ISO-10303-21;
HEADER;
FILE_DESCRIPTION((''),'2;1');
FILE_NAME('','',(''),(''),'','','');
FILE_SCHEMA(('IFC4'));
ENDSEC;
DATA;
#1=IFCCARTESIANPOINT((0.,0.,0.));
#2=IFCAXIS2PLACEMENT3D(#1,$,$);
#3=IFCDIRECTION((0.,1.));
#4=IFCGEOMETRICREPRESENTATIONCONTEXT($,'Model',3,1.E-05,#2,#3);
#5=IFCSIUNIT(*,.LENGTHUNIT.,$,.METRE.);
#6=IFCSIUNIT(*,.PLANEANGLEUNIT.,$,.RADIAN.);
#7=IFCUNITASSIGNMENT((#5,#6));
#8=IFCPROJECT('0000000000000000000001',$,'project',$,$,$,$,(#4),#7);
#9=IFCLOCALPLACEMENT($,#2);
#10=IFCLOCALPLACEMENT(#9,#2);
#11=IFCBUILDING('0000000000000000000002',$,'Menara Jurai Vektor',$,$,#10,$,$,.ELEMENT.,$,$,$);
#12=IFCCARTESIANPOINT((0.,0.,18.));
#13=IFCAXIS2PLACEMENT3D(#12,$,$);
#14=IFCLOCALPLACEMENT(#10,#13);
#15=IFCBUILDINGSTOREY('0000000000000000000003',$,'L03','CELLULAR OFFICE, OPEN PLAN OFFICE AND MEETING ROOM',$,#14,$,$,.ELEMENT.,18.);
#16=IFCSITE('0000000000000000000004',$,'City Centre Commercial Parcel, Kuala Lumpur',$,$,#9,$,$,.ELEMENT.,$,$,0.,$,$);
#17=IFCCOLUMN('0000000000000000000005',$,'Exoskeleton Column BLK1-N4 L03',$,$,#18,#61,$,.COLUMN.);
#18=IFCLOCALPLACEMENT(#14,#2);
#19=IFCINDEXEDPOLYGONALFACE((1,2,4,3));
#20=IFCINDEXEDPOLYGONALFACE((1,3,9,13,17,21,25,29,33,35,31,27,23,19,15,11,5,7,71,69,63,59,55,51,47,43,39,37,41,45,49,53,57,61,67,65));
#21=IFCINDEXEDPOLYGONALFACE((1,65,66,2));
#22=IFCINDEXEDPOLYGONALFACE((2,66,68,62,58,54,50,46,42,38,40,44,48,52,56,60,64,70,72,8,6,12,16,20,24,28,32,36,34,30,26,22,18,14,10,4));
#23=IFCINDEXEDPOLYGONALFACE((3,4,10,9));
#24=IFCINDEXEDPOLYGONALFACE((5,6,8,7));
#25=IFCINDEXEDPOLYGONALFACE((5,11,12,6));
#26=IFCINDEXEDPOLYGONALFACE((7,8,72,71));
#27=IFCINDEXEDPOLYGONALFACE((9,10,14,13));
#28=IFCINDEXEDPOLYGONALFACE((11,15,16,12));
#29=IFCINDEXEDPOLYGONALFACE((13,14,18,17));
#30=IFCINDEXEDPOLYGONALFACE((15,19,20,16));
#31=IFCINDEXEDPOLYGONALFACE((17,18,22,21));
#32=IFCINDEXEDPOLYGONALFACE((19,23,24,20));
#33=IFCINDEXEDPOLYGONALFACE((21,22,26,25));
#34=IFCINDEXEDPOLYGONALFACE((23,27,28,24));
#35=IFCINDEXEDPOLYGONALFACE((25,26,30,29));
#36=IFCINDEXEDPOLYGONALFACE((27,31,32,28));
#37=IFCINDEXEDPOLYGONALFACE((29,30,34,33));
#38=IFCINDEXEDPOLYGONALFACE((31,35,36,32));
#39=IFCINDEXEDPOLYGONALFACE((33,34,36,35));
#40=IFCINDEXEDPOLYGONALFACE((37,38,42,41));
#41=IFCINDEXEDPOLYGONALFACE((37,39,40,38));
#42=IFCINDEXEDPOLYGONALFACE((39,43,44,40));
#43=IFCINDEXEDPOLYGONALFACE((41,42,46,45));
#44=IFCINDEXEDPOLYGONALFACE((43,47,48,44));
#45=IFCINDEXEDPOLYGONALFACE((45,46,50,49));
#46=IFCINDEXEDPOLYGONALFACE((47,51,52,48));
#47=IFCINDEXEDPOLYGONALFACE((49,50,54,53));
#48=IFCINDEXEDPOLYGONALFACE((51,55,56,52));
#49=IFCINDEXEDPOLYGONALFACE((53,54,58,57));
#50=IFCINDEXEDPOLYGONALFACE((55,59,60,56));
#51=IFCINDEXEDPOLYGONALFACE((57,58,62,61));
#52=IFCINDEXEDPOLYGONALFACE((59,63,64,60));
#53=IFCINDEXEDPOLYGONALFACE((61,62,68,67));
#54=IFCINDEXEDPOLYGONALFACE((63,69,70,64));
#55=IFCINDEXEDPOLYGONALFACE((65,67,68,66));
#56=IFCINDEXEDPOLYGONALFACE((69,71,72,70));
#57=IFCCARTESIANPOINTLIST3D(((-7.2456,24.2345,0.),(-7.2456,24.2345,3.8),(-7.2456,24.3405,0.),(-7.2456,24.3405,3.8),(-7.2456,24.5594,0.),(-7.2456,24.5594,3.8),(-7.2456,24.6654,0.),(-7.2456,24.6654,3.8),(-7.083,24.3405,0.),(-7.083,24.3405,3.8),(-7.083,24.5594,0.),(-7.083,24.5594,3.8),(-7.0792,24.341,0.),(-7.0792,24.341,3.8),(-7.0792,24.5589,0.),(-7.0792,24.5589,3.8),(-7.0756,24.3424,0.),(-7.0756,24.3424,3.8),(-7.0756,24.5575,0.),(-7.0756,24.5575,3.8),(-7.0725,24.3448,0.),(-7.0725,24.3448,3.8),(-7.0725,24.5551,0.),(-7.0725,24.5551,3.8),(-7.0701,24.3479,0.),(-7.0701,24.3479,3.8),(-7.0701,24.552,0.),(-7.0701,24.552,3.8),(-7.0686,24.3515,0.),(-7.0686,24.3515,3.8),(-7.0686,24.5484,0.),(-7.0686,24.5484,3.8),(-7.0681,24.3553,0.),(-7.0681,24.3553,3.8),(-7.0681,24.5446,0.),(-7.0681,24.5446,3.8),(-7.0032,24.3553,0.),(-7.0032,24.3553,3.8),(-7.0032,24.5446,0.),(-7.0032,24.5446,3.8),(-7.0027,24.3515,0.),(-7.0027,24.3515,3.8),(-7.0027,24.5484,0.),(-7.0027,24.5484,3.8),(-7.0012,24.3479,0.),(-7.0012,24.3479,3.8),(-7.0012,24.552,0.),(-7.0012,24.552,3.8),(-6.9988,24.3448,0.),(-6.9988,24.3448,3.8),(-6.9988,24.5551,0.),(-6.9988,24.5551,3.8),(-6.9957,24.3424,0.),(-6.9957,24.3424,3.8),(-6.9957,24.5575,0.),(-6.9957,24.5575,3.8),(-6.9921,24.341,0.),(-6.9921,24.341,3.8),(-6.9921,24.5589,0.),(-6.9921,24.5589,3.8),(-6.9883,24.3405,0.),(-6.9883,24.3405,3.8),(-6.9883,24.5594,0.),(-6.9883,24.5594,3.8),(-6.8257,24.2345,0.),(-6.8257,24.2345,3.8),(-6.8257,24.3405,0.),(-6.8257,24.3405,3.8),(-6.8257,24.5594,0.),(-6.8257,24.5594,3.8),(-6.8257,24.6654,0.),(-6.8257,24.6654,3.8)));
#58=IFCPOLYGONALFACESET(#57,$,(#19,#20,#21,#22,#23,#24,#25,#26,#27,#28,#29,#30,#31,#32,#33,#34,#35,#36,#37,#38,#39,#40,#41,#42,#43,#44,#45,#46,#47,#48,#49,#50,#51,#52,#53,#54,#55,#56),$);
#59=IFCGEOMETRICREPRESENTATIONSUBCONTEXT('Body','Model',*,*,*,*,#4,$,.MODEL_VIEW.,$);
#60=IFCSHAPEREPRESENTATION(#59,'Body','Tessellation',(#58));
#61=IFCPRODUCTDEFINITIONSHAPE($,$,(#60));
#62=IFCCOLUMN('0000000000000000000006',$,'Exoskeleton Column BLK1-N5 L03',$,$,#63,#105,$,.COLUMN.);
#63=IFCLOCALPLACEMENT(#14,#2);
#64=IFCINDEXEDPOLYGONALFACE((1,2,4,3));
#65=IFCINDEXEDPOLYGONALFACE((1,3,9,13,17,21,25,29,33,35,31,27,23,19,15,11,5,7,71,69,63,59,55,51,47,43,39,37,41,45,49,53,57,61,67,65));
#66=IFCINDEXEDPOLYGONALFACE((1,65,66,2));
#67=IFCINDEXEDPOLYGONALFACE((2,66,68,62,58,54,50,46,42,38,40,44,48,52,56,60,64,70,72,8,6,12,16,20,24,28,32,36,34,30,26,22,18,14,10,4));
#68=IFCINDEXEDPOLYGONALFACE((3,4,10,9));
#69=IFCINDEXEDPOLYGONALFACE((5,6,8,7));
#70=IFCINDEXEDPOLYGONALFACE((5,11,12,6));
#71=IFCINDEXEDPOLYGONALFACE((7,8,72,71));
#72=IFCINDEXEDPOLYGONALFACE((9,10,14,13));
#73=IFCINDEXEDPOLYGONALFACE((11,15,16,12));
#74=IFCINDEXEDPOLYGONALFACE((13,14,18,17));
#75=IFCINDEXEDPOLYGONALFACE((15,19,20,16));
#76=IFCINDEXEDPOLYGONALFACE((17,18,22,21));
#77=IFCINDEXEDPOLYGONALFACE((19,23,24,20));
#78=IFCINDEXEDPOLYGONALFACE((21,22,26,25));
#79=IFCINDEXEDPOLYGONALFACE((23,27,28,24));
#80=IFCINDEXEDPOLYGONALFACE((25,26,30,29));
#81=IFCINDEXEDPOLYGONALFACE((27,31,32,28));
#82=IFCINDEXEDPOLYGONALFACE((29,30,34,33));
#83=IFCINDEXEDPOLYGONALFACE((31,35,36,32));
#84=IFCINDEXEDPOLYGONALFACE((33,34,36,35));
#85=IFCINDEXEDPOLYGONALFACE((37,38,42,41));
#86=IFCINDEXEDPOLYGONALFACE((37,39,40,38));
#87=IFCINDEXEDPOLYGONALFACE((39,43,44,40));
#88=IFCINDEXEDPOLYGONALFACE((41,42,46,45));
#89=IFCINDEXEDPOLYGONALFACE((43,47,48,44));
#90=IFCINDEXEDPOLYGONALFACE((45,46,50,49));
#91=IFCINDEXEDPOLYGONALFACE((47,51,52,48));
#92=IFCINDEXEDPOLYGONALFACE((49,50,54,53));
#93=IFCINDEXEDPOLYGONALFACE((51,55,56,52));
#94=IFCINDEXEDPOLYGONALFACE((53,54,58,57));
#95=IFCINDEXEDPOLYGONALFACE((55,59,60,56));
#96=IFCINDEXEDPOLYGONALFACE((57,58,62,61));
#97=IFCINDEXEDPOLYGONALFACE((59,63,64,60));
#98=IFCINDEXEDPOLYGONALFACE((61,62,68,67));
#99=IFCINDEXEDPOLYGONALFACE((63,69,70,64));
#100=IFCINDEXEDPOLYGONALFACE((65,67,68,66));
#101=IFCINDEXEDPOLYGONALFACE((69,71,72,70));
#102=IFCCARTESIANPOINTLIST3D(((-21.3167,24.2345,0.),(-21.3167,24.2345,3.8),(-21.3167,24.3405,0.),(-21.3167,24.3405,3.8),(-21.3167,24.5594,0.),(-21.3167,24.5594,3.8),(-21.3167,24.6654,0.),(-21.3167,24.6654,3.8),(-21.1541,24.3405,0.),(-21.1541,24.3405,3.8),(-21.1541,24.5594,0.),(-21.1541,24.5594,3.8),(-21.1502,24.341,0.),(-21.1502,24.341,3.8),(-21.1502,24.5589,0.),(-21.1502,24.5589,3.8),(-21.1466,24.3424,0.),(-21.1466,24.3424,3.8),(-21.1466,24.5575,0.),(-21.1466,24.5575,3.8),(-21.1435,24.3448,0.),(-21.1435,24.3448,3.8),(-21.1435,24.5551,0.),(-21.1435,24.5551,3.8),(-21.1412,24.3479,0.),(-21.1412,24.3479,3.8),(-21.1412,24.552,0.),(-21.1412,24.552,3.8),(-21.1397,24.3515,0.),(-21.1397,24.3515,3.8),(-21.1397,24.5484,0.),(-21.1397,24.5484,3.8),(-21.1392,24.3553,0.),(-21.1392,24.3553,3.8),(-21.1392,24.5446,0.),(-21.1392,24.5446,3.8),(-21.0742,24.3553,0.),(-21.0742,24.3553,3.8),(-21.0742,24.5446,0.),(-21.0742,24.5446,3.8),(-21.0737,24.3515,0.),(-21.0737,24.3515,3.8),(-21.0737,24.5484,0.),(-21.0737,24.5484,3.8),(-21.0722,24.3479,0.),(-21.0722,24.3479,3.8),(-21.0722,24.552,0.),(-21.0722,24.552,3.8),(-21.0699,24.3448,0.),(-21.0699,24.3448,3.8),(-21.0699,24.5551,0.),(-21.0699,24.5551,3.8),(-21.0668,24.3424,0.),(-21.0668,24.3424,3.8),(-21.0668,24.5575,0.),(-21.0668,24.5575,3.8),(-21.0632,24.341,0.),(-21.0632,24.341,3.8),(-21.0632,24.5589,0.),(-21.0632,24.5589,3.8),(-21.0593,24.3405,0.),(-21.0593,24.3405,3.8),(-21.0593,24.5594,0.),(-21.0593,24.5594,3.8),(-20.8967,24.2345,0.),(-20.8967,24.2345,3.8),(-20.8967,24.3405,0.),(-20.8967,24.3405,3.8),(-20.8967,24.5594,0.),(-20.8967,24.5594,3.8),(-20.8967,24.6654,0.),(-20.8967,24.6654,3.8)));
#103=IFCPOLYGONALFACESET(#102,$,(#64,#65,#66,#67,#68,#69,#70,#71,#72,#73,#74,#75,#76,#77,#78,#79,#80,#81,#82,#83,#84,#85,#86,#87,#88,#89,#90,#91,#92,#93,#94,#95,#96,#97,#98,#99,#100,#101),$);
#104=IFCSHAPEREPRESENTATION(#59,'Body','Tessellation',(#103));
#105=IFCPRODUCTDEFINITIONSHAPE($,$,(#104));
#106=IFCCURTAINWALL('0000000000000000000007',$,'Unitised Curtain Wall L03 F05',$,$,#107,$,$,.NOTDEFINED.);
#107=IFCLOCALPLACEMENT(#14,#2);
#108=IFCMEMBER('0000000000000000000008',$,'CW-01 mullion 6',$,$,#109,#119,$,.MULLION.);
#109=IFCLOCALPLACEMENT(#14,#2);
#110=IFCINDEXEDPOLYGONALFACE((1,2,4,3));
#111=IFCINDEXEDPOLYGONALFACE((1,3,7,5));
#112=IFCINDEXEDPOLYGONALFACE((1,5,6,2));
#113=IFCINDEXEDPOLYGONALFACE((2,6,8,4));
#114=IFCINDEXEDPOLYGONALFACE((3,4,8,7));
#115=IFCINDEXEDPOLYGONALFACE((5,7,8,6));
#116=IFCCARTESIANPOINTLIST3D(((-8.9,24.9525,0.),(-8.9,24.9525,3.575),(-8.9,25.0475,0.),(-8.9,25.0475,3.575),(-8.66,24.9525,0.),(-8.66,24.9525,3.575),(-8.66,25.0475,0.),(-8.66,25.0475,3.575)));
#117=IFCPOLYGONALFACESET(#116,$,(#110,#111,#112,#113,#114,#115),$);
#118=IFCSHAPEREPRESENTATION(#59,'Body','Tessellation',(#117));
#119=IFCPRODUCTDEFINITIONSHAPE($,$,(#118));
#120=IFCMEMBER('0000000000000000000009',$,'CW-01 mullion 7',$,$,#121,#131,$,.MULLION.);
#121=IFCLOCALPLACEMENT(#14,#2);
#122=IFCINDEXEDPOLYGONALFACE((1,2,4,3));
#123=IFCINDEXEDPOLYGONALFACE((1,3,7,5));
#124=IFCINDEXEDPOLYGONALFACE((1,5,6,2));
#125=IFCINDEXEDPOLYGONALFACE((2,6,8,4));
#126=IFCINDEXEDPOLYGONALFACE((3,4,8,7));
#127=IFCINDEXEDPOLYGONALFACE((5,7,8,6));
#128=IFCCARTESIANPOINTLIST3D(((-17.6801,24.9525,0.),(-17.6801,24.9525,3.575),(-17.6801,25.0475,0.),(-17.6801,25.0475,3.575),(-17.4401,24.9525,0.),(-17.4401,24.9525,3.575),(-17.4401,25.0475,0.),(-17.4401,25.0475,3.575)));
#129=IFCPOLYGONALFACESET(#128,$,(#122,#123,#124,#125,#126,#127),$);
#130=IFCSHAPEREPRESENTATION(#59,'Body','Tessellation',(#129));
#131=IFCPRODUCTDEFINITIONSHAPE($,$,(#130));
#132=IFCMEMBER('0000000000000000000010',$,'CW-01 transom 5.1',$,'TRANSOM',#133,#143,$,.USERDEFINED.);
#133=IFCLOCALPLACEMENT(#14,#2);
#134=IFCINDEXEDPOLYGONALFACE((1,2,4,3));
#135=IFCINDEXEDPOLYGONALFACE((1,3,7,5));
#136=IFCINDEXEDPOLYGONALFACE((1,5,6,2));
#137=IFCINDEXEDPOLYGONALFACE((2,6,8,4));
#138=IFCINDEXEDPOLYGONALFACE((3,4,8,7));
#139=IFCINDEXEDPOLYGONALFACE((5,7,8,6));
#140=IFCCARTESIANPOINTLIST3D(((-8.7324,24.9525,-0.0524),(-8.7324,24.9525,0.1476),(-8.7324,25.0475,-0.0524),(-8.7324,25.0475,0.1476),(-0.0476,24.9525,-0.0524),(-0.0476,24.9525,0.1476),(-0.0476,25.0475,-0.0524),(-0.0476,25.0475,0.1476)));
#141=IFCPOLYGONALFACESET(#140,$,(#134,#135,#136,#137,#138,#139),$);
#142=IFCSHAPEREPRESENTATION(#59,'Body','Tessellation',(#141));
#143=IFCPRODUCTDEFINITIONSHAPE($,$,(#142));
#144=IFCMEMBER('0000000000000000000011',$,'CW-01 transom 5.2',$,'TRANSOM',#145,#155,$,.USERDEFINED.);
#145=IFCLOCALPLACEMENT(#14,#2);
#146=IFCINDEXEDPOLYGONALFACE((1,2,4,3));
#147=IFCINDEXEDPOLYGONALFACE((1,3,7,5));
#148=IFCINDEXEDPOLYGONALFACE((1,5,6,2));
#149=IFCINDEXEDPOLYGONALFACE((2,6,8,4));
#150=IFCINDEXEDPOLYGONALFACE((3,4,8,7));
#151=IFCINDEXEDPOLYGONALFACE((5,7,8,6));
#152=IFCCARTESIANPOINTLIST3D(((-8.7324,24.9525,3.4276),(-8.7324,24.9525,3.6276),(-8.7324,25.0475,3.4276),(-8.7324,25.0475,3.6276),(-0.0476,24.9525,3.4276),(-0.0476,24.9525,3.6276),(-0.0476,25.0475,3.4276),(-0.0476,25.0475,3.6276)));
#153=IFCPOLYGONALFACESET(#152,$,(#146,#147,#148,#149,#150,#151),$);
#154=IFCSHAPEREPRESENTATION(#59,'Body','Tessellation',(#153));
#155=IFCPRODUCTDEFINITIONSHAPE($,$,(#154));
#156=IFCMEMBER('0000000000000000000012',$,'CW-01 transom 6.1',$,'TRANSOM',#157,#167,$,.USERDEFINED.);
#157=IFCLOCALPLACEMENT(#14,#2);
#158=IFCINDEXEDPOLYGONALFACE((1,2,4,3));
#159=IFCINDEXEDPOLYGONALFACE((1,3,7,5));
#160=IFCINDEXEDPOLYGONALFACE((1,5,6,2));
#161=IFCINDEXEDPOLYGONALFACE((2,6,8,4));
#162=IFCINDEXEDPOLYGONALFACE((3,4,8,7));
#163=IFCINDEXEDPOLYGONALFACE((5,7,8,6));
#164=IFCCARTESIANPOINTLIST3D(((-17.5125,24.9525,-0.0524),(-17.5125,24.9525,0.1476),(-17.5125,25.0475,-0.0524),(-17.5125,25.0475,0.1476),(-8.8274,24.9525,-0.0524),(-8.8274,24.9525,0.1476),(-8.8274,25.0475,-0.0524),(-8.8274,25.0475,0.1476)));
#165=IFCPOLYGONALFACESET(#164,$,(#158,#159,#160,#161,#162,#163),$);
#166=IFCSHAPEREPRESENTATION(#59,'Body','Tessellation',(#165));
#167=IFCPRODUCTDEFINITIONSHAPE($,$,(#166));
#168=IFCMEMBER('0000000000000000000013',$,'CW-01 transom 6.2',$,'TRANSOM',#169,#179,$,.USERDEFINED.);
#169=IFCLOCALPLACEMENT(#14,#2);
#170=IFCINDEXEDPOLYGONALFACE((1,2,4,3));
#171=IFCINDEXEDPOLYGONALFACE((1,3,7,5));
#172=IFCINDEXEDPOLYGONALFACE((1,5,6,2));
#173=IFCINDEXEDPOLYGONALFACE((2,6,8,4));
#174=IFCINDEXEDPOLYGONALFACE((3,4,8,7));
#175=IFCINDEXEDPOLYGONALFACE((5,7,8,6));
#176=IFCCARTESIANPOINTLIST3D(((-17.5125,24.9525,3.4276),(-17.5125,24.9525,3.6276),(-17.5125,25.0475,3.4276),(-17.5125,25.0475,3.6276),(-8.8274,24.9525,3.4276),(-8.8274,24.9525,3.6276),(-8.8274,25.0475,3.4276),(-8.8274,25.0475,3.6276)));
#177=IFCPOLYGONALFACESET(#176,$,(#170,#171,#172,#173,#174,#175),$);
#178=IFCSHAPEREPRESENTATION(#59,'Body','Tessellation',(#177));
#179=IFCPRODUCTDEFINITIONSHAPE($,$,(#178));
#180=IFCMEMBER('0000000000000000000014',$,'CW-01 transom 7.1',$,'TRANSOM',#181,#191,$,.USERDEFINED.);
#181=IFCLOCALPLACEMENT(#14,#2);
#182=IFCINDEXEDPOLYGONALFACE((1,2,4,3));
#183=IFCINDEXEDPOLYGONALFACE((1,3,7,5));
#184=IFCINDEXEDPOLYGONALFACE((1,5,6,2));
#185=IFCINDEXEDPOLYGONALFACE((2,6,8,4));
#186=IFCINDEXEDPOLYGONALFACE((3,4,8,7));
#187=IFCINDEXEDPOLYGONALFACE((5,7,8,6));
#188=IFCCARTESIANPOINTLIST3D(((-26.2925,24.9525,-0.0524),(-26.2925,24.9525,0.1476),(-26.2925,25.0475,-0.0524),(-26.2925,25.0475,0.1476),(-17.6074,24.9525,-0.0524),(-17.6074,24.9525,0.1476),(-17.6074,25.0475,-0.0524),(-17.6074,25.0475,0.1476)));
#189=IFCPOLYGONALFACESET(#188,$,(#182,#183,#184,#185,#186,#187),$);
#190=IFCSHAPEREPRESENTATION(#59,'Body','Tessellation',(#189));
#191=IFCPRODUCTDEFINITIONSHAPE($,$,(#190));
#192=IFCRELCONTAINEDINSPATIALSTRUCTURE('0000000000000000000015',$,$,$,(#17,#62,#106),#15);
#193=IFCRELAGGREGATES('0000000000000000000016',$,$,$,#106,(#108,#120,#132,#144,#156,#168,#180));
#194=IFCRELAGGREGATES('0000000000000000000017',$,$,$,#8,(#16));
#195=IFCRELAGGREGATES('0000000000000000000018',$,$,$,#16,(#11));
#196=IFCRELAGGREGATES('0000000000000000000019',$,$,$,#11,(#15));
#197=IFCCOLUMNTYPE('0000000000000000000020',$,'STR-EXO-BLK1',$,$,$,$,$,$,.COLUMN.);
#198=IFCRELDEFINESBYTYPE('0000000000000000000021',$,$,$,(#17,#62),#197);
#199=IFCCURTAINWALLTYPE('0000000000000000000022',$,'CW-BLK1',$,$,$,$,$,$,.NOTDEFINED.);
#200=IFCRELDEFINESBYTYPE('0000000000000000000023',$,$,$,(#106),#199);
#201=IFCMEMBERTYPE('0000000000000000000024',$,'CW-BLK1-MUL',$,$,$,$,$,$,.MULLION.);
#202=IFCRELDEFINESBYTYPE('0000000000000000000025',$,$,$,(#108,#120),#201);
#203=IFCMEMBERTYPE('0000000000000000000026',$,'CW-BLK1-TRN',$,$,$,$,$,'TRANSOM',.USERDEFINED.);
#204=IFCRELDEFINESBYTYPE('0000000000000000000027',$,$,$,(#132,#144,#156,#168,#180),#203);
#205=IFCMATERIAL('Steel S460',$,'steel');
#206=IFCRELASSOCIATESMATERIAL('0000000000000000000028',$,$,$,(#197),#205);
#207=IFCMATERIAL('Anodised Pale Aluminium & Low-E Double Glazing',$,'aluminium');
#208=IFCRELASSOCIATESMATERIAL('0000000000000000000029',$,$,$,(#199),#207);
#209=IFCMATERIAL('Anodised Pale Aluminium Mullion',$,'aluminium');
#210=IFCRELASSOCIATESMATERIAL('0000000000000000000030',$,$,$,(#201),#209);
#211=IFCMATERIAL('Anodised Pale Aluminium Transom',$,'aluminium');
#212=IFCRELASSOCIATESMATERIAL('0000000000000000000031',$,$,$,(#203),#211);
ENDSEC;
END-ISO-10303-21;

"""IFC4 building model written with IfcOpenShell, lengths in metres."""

from ifc_helpers import new_model, si_unit, direction, frame, origin, origin_2d, place, context, subcontext, project, spatial, rectangle, i_section, extrude, material, material_profile, profile_set, type_object, element, aggregate, save


model = new_model("IFC4")

# Units and contexts
model_context = context("Model", 3, precision=1e-05, world=origin(), true_north=direction((0.0, 1.0)))
body_context = subcontext(model_context, "Body", "Model", "MODEL_VIEW")
ifc_project = project(units=[si_unit("LENGTHUNIT", "METRE"), si_unit("PLANEANGLEUNIT", "RADIAN")], contexts=[model_context])

# Site, building, storey
site_placement = place(None, origin())
site = spatial("IfcSite", under=ifc_project, at=site_placement, Name="City Centre Commercial Parcel, Kuala Lumpur", CompositionType="ELEMENT", RefElevation=0.0)
building_placement = place(site_placement, origin())
building = spatial("IfcBuilding", under=site, at=building_placement, Name="Menara Jurai Vektor", CompositionType="ELEMENT")
storey_placement = place(building_placement, frame((0.0, 0.0, 18.0)))
storey = spatial("IfcBuildingStorey", under=building, at=storey_placement, Name="L03", Description="CELLULAR OFFICE, OPEN PLAN OFFICE AND MEETING ROOM", CompositionType="ELEMENT", Elevation=18.0)

# Columns
ifc_material_1 = material(Name="Steel S460", Category="steel")
ifc_material_profile_1 = material_profile(ifc_material_1, i_section(OverallWidth=0.4199, OverallDepth=0.4309, WebThickness=0.0649, FlangeThickness=0.106, FilletRadius=0.0149, at=origin_2d()), Name="HD 400x900")
ifc_profile_set_1 = profile_set([ifc_material_profile_1], Name="Steel S460")
column_type = type_object("IfcColumnType", Name="STR-EXO-BLK1", PredefinedType="COLUMN", material=ifc_profile_set_1)
for number, where, z_axis, x_axis, name in (
    (1, (-7.0356, 24.45, 0.0), (0.0, 0.0, 1.0), (1.0, 0.0, 0.0), "Exoskeleton Column BLK1-N4 L03"),
    (2, (-21.1067, 24.45, 0.0), (0.0, 0.0, 1.0), (1.0, 0.0, 0.0), "Exoskeleton Column BLK1-N5 L03"),
):
    element("IfcColumn", number, at=place(storey_placement, frame(where, z_axis=z_axis, x_axis=x_axis)), inside=storey, type_object=column_type, Name=name, PredefinedType="COLUMN", context=body_context, shape_type="SweptSolid", body=[
        extrude(i_section(OverallWidth=0.4199, OverallDepth=0.4309, WebThickness=0.0649, FlangeThickness=0.106, FilletRadius=0.0149, at=origin_2d()), origin(), (0.0, 0.0, 1.0), 3.8),
    ])

# Curtain wall, members
ifc_material_2 = material(Name="Anodised Pale Aluminium & Low-E Double Glazing", Category="aluminium")
curtain_wall_type = type_object("IfcCurtainWallType", Name="CW-BLK1", PredefinedType="NOTDEFINED", material=ifc_material_2)
curtain_wall_placement = place(storey_placement, origin())
curtain_wall = element("IfcCurtainWall", 3, at=curtain_wall_placement, inside=storey, type_object=curtain_wall_type, Name="Unitised Curtain Wall L03 F05", PredefinedType="NOTDEFINED")
ifc_material_3 = material(Name="Anodised Pale Aluminium Mullion", Category="aluminium")
ifc_material_profile_2 = material_profile(ifc_material_3, rectangle(XDim=0.095, YDim=0.24, at=origin_2d()), Name="ALU MUL 95x240")
ifc_profile_set_2 = profile_set([ifc_material_profile_2], Name="Anodised Pale Aluminium Mullion")
member_type_1 = type_object("IfcMemberType", Name="CW-BLK1-MUL", PredefinedType="MULLION", material=ifc_profile_set_2)
member_1_placement = place(storey_placement, frame((-8.78, 25.0, 0.0), z_axis=(0.0, 0.0, 1.0), x_axis=(0.0, -1.0, 0.0)))
member_1 = element("IfcMember", 4, at=member_1_placement, type_object=member_type_1, Name="CW-01 mullion 6", PredefinedType="MULLION", context=body_context, shape_type="SweptSolid", body=[
    extrude(rectangle(XDim=0.095, YDim=0.24, at=origin_2d()), origin(), (0.0, 0.0, 1.0), 3.575),
])
member_2_placement = place(storey_placement, frame((-17.5601, 25.0, 0.0), z_axis=(0.0, 0.0, 1.0), x_axis=(0.0, -1.0, 0.0)))
member_2 = element("IfcMember", 5, at=member_2_placement, type_object=member_type_1, Name="CW-01 mullion 7", PredefinedType="MULLION", context=body_context, shape_type="SweptSolid", body=[
    extrude(rectangle(XDim=0.095, YDim=0.24, at=origin_2d()), origin(), (0.0, 0.0, 1.0), 3.575),
])
ifc_material_4 = material(Name="Anodised Pale Aluminium Transom", Category="aluminium")
ifc_material_profile_3 = material_profile(ifc_material_4, rectangle(XDim=0.095, YDim=0.2, at=origin_2d()), Name="ALU TRN 95x200")
ifc_profile_set_3 = profile_set([ifc_material_profile_3], Name="Anodised Pale Aluminium Transom")
member_type_2 = type_object("IfcMemberType", Name="CW-BLK1-TRN", ElementType="TRANSOM", PredefinedType="USERDEFINED", material=ifc_profile_set_3)
member_3_placement = place(storey_placement, frame((-0.0476, 25.0, 0.0476), z_axis=(-1.0, 0.0, 0.0), x_axis=(0.0, -1.0, 0.0)))
member_3 = element("IfcMember", 6, at=member_3_placement, type_object=member_type_2, Name="CW-01 transom 5.1", ObjectType="TRANSOM", PredefinedType="USERDEFINED", context=body_context, shape_type="SweptSolid", body=[
    extrude(rectangle(XDim=0.095, YDim=0.2, at=origin_2d()), origin(), (0.0, 0.0, 1.0), 8.6848),
])
member_4_placement = place(storey_placement, frame((-0.0476, 25.0, 3.5276), z_axis=(-1.0, 0.0, 0.0), x_axis=(0.0, -1.0, 0.0)))
member_4 = element("IfcMember", 7, at=member_4_placement, type_object=member_type_2, Name="CW-01 transom 5.2", ObjectType="TRANSOM", PredefinedType="USERDEFINED", context=body_context, shape_type="SweptSolid", body=[
    extrude(rectangle(XDim=0.095, YDim=0.2, at=origin_2d()), origin(), (0.0, 0.0, 1.0), 8.6848),
])
member_5_placement = place(storey_placement, frame((-8.8274, 25.0, 0.0476), z_axis=(-1.0, 0.0, 0.0), x_axis=(0.0, -1.0, 0.0)))
member_5 = element("IfcMember", 8, at=member_5_placement, type_object=member_type_2, Name="CW-01 transom 6.1", ObjectType="TRANSOM", PredefinedType="USERDEFINED", context=body_context, shape_type="SweptSolid", body=[
    extrude(rectangle(XDim=0.095, YDim=0.2, at=origin_2d()), origin(), (0.0, 0.0, 1.0), 8.6851),
])
member_6_placement = place(storey_placement, frame((-8.8274, 25.0, 3.5276), z_axis=(-1.0, 0.0, 0.0), x_axis=(0.0, -1.0, 0.0)))
member_6 = element("IfcMember", 9, at=member_6_placement, type_object=member_type_2, Name="CW-01 transom 6.2", ObjectType="TRANSOM", PredefinedType="USERDEFINED", context=body_context, shape_type="SweptSolid", body=[
    extrude(rectangle(XDim=0.095, YDim=0.2, at=origin_2d()), origin(), (0.0, 0.0, 1.0), 8.6851),
])
member_7_placement = place(storey_placement, frame((-17.6074, 25.0, 0.0476), z_axis=(-1.0, 0.0, 0.0), x_axis=(0.0, -1.0, 0.0)))
member_7 = element("IfcMember", 10, at=member_7_placement, type_object=member_type_2, Name="CW-01 transom 7.1", ObjectType="TRANSOM", PredefinedType="USERDEFINED", context=body_context, shape_type="SweptSolid", body=[
    extrude(rectangle(XDim=0.095, YDim=0.2, at=origin_2d()), origin(), (0.0, 0.0, 1.0), 8.6851),
])

aggregate(curtain_wall, [member_1, member_2, member_3, member_4, member_5, member_6, member_7])

save(model, "model.ifc")
